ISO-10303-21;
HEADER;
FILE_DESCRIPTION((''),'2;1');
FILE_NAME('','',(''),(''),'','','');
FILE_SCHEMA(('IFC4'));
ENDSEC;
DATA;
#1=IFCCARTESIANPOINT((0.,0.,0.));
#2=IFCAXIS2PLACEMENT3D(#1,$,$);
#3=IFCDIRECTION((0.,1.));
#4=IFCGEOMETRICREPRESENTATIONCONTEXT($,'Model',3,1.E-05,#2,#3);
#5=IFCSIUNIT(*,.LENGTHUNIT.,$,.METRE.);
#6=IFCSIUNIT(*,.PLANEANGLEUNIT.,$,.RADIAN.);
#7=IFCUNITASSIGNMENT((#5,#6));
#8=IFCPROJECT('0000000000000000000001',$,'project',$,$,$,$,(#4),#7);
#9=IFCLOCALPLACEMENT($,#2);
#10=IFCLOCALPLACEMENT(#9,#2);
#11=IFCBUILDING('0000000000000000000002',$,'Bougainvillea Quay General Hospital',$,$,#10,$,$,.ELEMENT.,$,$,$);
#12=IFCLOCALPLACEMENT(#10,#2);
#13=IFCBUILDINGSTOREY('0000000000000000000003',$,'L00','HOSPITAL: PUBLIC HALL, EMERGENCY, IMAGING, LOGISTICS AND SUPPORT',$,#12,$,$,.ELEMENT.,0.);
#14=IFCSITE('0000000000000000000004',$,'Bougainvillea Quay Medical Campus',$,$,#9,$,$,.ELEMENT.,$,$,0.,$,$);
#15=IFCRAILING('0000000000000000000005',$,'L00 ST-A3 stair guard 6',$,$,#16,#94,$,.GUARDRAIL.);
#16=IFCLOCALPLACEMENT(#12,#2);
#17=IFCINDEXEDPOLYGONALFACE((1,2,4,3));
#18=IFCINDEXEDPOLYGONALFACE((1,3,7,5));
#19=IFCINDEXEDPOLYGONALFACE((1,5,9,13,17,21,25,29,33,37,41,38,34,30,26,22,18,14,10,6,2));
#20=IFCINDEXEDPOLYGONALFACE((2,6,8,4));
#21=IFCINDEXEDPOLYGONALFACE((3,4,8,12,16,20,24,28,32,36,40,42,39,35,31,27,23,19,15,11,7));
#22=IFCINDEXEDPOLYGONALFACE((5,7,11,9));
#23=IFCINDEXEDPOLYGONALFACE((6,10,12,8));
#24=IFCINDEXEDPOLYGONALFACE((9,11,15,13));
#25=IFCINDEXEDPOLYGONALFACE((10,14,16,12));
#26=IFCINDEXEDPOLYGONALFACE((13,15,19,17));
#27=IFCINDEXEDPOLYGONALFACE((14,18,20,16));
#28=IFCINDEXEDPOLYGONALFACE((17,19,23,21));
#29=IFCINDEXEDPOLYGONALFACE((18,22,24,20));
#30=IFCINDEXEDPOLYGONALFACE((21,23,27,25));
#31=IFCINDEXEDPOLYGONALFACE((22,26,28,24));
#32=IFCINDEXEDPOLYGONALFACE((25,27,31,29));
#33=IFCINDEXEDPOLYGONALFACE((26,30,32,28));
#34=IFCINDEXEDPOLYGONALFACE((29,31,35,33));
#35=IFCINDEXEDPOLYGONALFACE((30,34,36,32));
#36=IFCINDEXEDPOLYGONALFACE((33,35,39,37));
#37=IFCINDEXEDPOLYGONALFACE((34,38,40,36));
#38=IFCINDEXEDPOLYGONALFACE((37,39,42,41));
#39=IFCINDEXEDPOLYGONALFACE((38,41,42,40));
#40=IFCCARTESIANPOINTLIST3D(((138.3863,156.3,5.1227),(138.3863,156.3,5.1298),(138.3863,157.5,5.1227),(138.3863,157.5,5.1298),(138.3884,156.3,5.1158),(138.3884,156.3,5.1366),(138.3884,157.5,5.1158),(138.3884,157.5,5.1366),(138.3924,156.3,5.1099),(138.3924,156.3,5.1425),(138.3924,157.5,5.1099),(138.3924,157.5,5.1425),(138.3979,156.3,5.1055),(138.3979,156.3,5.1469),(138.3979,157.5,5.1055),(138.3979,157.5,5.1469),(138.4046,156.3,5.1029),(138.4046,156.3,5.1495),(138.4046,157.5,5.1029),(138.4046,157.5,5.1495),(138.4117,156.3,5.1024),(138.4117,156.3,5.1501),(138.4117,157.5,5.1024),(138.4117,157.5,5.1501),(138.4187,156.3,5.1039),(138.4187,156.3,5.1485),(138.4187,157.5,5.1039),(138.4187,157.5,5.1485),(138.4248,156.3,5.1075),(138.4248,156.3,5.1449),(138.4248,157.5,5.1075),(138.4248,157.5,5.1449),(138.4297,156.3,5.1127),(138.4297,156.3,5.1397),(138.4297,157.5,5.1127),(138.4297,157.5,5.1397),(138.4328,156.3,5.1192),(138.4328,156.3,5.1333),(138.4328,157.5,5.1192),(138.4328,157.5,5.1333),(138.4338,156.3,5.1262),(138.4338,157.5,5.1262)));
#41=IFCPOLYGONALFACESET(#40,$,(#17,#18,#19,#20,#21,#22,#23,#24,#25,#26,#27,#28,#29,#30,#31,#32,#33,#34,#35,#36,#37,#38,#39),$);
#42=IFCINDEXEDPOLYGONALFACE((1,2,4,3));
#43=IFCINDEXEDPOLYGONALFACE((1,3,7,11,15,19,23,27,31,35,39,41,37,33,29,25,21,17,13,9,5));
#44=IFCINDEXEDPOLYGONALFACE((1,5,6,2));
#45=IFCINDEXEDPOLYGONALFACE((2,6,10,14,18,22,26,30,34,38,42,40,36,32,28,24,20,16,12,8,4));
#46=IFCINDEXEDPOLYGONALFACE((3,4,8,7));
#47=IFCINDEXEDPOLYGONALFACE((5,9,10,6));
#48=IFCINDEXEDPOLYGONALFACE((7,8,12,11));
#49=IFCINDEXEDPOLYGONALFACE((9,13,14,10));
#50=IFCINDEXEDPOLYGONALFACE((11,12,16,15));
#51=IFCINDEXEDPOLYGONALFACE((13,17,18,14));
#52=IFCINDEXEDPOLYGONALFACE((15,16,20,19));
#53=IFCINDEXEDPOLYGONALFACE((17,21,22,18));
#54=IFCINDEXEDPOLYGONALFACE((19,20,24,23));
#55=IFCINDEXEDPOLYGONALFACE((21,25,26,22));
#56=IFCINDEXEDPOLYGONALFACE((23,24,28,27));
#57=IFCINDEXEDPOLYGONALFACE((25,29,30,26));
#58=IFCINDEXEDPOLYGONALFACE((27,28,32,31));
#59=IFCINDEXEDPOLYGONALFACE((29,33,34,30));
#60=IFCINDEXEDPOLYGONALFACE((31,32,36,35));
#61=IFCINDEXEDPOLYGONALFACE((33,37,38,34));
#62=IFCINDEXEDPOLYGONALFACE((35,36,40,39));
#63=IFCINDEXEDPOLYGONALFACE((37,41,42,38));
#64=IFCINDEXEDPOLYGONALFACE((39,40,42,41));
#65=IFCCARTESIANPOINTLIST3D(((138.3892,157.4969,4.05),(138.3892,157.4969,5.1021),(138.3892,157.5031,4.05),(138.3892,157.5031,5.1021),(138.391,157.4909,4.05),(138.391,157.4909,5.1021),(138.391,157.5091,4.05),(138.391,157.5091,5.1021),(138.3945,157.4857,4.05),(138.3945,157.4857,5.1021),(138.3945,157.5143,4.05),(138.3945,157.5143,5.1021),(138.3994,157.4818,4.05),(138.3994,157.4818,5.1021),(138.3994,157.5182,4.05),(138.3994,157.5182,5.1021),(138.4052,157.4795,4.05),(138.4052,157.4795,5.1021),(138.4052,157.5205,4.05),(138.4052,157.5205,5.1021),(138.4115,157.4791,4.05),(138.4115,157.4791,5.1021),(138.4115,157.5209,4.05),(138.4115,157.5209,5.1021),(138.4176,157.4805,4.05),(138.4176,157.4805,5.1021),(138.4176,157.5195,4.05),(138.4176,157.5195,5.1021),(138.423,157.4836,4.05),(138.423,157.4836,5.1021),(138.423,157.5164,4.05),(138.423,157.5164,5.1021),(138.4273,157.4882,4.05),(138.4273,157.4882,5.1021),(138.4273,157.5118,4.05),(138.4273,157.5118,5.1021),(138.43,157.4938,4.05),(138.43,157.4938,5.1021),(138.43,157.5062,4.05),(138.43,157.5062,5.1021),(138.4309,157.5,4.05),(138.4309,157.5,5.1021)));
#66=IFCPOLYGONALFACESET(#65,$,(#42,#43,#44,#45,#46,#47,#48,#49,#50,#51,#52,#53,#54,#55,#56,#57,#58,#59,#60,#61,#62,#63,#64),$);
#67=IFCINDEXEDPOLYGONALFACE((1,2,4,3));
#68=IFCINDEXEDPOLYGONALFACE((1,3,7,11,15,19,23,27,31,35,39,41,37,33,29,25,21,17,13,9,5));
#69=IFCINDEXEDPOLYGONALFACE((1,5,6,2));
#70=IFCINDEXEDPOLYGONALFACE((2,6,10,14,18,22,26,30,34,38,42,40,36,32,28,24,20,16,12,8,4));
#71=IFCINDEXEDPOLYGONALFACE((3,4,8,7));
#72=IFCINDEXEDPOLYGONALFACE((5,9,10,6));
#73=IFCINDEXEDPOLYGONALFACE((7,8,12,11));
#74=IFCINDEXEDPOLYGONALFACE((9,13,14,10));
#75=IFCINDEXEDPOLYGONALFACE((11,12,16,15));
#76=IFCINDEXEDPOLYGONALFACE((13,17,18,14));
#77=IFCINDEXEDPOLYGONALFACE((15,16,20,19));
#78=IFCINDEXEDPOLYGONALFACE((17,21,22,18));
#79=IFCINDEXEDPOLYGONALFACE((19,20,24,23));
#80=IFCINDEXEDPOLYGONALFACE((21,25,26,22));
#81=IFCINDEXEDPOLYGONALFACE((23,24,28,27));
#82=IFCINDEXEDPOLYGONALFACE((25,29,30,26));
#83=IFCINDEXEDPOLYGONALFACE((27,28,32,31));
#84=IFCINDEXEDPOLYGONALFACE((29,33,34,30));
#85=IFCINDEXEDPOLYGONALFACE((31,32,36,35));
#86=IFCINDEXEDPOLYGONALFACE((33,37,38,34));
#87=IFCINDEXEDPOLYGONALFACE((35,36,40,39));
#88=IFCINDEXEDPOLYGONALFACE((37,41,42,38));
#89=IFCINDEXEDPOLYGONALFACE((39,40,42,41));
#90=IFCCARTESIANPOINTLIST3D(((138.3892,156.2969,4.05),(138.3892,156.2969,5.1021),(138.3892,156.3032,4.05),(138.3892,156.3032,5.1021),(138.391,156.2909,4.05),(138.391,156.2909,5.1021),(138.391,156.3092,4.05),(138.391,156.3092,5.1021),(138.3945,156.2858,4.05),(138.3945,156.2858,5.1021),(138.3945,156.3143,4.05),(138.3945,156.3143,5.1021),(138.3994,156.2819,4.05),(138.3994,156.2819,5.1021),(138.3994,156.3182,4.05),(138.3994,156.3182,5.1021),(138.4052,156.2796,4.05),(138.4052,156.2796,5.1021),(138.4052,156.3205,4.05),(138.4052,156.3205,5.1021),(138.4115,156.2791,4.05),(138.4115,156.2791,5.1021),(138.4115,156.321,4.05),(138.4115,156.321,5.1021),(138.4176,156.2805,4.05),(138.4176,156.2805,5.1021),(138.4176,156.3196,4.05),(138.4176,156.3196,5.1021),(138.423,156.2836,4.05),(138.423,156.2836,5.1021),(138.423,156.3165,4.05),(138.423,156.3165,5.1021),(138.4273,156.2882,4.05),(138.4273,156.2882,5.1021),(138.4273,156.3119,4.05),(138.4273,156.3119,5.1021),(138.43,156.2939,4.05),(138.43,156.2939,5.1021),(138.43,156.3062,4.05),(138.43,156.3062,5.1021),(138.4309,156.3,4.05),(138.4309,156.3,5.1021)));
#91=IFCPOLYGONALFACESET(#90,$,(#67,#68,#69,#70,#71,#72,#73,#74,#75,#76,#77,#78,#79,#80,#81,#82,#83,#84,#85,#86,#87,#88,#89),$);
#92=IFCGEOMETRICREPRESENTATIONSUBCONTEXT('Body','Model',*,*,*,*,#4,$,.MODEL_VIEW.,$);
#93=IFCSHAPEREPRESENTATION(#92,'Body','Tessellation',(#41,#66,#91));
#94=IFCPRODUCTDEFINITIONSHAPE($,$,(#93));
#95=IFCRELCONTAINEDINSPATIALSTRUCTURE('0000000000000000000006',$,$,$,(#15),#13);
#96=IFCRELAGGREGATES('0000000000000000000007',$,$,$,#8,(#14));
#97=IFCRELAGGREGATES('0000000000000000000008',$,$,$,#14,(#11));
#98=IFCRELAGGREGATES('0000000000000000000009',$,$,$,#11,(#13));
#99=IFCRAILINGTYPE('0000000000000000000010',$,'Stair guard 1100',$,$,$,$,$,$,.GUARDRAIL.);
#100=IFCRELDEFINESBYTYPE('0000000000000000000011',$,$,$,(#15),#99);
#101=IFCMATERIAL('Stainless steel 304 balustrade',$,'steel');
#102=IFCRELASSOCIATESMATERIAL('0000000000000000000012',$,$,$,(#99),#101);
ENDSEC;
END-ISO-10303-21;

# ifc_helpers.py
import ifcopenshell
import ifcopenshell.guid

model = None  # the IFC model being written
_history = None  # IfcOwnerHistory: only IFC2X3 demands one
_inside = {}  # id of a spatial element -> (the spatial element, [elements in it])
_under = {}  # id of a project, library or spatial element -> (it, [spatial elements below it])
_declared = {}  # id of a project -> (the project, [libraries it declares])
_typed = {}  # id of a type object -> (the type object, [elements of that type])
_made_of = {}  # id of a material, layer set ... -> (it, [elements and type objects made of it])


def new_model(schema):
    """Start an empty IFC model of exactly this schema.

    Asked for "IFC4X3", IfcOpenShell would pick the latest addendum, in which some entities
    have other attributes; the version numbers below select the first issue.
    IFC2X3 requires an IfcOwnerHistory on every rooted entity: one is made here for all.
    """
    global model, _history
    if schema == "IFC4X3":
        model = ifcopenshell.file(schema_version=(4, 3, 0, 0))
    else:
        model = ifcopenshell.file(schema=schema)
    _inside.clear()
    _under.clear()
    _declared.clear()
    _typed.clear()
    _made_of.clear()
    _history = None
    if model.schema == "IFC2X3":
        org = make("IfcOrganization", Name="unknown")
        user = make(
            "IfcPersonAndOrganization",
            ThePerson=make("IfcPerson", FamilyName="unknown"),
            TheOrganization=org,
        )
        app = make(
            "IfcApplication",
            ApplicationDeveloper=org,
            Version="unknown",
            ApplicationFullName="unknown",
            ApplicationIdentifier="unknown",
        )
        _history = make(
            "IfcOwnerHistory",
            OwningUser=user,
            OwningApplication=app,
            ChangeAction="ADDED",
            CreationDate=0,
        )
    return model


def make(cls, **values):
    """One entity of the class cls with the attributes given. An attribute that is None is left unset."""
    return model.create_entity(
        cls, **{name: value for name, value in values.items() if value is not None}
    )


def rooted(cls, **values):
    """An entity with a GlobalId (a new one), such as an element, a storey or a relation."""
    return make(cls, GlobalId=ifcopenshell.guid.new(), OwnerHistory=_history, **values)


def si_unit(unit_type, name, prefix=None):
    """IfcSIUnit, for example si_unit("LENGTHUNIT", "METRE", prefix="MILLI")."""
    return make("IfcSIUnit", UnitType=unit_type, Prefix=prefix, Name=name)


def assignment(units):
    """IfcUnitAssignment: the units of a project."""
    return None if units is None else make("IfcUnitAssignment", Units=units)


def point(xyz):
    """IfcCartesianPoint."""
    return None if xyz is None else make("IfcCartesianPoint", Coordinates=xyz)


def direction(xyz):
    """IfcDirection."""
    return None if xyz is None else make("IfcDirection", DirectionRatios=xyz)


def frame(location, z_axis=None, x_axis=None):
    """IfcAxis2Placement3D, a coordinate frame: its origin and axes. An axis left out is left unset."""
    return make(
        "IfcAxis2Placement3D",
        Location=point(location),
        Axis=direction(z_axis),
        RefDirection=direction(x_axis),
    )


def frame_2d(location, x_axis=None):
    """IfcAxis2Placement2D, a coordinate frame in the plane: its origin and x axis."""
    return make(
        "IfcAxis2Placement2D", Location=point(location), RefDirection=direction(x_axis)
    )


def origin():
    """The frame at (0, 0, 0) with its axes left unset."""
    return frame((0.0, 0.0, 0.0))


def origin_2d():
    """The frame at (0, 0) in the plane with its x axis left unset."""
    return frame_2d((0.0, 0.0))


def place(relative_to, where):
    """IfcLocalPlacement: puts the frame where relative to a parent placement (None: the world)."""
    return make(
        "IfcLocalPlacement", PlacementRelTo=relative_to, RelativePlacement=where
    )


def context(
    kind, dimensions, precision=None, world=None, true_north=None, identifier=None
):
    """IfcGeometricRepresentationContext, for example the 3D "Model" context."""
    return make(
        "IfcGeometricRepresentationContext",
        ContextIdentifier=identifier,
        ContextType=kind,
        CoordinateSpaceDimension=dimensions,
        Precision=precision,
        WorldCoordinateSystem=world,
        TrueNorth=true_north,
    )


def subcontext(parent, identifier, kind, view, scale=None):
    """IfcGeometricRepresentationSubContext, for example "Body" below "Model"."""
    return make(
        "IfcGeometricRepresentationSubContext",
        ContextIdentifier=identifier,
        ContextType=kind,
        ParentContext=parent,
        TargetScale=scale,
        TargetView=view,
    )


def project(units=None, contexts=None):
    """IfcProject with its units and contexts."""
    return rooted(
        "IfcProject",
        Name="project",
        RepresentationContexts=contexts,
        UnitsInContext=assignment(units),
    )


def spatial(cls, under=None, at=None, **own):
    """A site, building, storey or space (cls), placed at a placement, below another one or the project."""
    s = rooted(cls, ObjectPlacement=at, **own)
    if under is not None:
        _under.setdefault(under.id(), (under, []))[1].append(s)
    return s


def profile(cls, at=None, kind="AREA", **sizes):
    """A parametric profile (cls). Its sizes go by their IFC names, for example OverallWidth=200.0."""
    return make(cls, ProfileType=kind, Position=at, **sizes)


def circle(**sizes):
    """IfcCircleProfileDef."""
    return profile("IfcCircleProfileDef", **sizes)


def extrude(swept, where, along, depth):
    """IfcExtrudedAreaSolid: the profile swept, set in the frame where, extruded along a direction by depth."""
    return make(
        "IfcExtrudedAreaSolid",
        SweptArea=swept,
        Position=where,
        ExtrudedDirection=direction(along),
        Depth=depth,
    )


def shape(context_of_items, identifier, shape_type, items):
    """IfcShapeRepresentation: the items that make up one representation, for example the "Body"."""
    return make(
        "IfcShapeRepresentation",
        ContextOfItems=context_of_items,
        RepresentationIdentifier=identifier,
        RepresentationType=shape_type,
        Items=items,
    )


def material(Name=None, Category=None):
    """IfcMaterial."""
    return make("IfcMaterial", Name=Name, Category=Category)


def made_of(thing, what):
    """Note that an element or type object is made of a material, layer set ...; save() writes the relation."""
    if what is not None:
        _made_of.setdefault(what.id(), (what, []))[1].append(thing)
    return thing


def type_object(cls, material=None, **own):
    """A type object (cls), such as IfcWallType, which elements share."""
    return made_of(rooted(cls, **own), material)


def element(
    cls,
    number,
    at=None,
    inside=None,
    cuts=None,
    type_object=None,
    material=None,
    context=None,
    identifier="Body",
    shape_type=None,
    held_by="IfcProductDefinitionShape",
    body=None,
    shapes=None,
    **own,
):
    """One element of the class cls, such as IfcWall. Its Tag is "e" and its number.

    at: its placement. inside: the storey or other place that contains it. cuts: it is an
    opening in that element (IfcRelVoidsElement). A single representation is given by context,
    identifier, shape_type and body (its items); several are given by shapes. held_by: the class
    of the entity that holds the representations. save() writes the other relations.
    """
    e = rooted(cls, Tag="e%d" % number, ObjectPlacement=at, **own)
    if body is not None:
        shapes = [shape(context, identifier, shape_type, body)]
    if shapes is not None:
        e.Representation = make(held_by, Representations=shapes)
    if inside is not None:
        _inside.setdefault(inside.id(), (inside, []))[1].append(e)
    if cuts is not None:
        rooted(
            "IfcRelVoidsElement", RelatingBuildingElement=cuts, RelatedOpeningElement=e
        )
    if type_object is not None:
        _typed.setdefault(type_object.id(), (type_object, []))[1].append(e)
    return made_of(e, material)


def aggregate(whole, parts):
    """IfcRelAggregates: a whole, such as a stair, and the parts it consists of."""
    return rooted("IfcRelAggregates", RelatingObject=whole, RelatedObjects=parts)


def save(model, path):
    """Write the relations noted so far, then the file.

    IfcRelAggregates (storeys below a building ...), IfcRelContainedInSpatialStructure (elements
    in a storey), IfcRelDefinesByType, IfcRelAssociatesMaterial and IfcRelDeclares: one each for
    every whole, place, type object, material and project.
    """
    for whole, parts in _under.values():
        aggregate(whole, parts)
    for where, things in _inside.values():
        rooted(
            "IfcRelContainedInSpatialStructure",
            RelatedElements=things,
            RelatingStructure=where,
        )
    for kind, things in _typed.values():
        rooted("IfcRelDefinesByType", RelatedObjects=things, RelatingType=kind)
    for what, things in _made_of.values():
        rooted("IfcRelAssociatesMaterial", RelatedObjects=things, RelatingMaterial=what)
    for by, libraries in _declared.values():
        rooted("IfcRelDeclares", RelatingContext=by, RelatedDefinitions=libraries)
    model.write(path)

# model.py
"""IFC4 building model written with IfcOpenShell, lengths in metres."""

from ifc_helpers import new_model, si_unit, direction, frame, origin, origin_2d, place, context, subcontext, project, spatial, circle, extrude, material, type_object, element, save


model = new_model("IFC4")

# Units and contexts
model_context = context("Model", 3, precision=1e-05, world=origin(), true_north=direction((0.0, 1.0)))
body_context = subcontext(model_context, "Body", "Model", "MODEL_VIEW")
ifc_project = project(units=[si_unit("LENGTHUNIT", "METRE"), si_unit("PLANEANGLEUNIT", "RADIAN")], contexts=[model_context])

# Site, building, storey
site_placement = place(None, origin())
site = spatial("IfcSite", under=ifc_project, at=site_placement, Name="Bougainvillea Quay Medical Campus", CompositionType="ELEMENT", RefElevation=0.0)
building_placement = place(site_placement, origin())
building = spatial("IfcBuilding", under=site, at=building_placement, Name="Bougainvillea Quay General Hospital", CompositionType="ELEMENT")
storey_placement = place(building_placement, origin())
storey = spatial("IfcBuildingStorey", under=building, at=storey_placement, Name="L00", Description="HOSPITAL: PUBLIC HALL, EMERGENCY, IMAGING, LOGISTICS AND SUPPORT", CompositionType="ELEMENT", Elevation=0.0)

# Railing
ifc_material_1 = material(Name="Stainless steel 304 balustrade", Category="steel")
railing_type_1 = type_object("IfcRailingType", Name="Stair guard 1100", PredefinedType="GUARDRAIL", material=ifc_material_1)
railing_1_placement = place(storey_placement, frame((138.4099, 157.5, 4.05)))
element("IfcRailing", 1, at=railing_1_placement, inside=storey, type_object=railing_type_1, Name="L00 ST-A3 stair guard 6", PredefinedType="GUARDRAIL", context=body_context, shape_type="SweptSolid", body=[
    extrude(circle(Radius=0.0239, at=origin_2d()), frame((0.0, 0.0, 1.0762), z_axis=(0.0, -1.0, 0.0), x_axis=(1.0, 0.0, 0.0)), (0.0, 0.0, 1.0), 1.2),
    extrude(circle(Radius=0.021, at=origin_2d()), origin(), (0.0, 0.0, 1.0), 1.052),
    extrude(circle(Radius=0.021, at=origin_2d()), frame((0.0, -1.2, 0.0)), (0.0, 0.0, 1.0), 1.052),
])

save(model, "model.ifc")
